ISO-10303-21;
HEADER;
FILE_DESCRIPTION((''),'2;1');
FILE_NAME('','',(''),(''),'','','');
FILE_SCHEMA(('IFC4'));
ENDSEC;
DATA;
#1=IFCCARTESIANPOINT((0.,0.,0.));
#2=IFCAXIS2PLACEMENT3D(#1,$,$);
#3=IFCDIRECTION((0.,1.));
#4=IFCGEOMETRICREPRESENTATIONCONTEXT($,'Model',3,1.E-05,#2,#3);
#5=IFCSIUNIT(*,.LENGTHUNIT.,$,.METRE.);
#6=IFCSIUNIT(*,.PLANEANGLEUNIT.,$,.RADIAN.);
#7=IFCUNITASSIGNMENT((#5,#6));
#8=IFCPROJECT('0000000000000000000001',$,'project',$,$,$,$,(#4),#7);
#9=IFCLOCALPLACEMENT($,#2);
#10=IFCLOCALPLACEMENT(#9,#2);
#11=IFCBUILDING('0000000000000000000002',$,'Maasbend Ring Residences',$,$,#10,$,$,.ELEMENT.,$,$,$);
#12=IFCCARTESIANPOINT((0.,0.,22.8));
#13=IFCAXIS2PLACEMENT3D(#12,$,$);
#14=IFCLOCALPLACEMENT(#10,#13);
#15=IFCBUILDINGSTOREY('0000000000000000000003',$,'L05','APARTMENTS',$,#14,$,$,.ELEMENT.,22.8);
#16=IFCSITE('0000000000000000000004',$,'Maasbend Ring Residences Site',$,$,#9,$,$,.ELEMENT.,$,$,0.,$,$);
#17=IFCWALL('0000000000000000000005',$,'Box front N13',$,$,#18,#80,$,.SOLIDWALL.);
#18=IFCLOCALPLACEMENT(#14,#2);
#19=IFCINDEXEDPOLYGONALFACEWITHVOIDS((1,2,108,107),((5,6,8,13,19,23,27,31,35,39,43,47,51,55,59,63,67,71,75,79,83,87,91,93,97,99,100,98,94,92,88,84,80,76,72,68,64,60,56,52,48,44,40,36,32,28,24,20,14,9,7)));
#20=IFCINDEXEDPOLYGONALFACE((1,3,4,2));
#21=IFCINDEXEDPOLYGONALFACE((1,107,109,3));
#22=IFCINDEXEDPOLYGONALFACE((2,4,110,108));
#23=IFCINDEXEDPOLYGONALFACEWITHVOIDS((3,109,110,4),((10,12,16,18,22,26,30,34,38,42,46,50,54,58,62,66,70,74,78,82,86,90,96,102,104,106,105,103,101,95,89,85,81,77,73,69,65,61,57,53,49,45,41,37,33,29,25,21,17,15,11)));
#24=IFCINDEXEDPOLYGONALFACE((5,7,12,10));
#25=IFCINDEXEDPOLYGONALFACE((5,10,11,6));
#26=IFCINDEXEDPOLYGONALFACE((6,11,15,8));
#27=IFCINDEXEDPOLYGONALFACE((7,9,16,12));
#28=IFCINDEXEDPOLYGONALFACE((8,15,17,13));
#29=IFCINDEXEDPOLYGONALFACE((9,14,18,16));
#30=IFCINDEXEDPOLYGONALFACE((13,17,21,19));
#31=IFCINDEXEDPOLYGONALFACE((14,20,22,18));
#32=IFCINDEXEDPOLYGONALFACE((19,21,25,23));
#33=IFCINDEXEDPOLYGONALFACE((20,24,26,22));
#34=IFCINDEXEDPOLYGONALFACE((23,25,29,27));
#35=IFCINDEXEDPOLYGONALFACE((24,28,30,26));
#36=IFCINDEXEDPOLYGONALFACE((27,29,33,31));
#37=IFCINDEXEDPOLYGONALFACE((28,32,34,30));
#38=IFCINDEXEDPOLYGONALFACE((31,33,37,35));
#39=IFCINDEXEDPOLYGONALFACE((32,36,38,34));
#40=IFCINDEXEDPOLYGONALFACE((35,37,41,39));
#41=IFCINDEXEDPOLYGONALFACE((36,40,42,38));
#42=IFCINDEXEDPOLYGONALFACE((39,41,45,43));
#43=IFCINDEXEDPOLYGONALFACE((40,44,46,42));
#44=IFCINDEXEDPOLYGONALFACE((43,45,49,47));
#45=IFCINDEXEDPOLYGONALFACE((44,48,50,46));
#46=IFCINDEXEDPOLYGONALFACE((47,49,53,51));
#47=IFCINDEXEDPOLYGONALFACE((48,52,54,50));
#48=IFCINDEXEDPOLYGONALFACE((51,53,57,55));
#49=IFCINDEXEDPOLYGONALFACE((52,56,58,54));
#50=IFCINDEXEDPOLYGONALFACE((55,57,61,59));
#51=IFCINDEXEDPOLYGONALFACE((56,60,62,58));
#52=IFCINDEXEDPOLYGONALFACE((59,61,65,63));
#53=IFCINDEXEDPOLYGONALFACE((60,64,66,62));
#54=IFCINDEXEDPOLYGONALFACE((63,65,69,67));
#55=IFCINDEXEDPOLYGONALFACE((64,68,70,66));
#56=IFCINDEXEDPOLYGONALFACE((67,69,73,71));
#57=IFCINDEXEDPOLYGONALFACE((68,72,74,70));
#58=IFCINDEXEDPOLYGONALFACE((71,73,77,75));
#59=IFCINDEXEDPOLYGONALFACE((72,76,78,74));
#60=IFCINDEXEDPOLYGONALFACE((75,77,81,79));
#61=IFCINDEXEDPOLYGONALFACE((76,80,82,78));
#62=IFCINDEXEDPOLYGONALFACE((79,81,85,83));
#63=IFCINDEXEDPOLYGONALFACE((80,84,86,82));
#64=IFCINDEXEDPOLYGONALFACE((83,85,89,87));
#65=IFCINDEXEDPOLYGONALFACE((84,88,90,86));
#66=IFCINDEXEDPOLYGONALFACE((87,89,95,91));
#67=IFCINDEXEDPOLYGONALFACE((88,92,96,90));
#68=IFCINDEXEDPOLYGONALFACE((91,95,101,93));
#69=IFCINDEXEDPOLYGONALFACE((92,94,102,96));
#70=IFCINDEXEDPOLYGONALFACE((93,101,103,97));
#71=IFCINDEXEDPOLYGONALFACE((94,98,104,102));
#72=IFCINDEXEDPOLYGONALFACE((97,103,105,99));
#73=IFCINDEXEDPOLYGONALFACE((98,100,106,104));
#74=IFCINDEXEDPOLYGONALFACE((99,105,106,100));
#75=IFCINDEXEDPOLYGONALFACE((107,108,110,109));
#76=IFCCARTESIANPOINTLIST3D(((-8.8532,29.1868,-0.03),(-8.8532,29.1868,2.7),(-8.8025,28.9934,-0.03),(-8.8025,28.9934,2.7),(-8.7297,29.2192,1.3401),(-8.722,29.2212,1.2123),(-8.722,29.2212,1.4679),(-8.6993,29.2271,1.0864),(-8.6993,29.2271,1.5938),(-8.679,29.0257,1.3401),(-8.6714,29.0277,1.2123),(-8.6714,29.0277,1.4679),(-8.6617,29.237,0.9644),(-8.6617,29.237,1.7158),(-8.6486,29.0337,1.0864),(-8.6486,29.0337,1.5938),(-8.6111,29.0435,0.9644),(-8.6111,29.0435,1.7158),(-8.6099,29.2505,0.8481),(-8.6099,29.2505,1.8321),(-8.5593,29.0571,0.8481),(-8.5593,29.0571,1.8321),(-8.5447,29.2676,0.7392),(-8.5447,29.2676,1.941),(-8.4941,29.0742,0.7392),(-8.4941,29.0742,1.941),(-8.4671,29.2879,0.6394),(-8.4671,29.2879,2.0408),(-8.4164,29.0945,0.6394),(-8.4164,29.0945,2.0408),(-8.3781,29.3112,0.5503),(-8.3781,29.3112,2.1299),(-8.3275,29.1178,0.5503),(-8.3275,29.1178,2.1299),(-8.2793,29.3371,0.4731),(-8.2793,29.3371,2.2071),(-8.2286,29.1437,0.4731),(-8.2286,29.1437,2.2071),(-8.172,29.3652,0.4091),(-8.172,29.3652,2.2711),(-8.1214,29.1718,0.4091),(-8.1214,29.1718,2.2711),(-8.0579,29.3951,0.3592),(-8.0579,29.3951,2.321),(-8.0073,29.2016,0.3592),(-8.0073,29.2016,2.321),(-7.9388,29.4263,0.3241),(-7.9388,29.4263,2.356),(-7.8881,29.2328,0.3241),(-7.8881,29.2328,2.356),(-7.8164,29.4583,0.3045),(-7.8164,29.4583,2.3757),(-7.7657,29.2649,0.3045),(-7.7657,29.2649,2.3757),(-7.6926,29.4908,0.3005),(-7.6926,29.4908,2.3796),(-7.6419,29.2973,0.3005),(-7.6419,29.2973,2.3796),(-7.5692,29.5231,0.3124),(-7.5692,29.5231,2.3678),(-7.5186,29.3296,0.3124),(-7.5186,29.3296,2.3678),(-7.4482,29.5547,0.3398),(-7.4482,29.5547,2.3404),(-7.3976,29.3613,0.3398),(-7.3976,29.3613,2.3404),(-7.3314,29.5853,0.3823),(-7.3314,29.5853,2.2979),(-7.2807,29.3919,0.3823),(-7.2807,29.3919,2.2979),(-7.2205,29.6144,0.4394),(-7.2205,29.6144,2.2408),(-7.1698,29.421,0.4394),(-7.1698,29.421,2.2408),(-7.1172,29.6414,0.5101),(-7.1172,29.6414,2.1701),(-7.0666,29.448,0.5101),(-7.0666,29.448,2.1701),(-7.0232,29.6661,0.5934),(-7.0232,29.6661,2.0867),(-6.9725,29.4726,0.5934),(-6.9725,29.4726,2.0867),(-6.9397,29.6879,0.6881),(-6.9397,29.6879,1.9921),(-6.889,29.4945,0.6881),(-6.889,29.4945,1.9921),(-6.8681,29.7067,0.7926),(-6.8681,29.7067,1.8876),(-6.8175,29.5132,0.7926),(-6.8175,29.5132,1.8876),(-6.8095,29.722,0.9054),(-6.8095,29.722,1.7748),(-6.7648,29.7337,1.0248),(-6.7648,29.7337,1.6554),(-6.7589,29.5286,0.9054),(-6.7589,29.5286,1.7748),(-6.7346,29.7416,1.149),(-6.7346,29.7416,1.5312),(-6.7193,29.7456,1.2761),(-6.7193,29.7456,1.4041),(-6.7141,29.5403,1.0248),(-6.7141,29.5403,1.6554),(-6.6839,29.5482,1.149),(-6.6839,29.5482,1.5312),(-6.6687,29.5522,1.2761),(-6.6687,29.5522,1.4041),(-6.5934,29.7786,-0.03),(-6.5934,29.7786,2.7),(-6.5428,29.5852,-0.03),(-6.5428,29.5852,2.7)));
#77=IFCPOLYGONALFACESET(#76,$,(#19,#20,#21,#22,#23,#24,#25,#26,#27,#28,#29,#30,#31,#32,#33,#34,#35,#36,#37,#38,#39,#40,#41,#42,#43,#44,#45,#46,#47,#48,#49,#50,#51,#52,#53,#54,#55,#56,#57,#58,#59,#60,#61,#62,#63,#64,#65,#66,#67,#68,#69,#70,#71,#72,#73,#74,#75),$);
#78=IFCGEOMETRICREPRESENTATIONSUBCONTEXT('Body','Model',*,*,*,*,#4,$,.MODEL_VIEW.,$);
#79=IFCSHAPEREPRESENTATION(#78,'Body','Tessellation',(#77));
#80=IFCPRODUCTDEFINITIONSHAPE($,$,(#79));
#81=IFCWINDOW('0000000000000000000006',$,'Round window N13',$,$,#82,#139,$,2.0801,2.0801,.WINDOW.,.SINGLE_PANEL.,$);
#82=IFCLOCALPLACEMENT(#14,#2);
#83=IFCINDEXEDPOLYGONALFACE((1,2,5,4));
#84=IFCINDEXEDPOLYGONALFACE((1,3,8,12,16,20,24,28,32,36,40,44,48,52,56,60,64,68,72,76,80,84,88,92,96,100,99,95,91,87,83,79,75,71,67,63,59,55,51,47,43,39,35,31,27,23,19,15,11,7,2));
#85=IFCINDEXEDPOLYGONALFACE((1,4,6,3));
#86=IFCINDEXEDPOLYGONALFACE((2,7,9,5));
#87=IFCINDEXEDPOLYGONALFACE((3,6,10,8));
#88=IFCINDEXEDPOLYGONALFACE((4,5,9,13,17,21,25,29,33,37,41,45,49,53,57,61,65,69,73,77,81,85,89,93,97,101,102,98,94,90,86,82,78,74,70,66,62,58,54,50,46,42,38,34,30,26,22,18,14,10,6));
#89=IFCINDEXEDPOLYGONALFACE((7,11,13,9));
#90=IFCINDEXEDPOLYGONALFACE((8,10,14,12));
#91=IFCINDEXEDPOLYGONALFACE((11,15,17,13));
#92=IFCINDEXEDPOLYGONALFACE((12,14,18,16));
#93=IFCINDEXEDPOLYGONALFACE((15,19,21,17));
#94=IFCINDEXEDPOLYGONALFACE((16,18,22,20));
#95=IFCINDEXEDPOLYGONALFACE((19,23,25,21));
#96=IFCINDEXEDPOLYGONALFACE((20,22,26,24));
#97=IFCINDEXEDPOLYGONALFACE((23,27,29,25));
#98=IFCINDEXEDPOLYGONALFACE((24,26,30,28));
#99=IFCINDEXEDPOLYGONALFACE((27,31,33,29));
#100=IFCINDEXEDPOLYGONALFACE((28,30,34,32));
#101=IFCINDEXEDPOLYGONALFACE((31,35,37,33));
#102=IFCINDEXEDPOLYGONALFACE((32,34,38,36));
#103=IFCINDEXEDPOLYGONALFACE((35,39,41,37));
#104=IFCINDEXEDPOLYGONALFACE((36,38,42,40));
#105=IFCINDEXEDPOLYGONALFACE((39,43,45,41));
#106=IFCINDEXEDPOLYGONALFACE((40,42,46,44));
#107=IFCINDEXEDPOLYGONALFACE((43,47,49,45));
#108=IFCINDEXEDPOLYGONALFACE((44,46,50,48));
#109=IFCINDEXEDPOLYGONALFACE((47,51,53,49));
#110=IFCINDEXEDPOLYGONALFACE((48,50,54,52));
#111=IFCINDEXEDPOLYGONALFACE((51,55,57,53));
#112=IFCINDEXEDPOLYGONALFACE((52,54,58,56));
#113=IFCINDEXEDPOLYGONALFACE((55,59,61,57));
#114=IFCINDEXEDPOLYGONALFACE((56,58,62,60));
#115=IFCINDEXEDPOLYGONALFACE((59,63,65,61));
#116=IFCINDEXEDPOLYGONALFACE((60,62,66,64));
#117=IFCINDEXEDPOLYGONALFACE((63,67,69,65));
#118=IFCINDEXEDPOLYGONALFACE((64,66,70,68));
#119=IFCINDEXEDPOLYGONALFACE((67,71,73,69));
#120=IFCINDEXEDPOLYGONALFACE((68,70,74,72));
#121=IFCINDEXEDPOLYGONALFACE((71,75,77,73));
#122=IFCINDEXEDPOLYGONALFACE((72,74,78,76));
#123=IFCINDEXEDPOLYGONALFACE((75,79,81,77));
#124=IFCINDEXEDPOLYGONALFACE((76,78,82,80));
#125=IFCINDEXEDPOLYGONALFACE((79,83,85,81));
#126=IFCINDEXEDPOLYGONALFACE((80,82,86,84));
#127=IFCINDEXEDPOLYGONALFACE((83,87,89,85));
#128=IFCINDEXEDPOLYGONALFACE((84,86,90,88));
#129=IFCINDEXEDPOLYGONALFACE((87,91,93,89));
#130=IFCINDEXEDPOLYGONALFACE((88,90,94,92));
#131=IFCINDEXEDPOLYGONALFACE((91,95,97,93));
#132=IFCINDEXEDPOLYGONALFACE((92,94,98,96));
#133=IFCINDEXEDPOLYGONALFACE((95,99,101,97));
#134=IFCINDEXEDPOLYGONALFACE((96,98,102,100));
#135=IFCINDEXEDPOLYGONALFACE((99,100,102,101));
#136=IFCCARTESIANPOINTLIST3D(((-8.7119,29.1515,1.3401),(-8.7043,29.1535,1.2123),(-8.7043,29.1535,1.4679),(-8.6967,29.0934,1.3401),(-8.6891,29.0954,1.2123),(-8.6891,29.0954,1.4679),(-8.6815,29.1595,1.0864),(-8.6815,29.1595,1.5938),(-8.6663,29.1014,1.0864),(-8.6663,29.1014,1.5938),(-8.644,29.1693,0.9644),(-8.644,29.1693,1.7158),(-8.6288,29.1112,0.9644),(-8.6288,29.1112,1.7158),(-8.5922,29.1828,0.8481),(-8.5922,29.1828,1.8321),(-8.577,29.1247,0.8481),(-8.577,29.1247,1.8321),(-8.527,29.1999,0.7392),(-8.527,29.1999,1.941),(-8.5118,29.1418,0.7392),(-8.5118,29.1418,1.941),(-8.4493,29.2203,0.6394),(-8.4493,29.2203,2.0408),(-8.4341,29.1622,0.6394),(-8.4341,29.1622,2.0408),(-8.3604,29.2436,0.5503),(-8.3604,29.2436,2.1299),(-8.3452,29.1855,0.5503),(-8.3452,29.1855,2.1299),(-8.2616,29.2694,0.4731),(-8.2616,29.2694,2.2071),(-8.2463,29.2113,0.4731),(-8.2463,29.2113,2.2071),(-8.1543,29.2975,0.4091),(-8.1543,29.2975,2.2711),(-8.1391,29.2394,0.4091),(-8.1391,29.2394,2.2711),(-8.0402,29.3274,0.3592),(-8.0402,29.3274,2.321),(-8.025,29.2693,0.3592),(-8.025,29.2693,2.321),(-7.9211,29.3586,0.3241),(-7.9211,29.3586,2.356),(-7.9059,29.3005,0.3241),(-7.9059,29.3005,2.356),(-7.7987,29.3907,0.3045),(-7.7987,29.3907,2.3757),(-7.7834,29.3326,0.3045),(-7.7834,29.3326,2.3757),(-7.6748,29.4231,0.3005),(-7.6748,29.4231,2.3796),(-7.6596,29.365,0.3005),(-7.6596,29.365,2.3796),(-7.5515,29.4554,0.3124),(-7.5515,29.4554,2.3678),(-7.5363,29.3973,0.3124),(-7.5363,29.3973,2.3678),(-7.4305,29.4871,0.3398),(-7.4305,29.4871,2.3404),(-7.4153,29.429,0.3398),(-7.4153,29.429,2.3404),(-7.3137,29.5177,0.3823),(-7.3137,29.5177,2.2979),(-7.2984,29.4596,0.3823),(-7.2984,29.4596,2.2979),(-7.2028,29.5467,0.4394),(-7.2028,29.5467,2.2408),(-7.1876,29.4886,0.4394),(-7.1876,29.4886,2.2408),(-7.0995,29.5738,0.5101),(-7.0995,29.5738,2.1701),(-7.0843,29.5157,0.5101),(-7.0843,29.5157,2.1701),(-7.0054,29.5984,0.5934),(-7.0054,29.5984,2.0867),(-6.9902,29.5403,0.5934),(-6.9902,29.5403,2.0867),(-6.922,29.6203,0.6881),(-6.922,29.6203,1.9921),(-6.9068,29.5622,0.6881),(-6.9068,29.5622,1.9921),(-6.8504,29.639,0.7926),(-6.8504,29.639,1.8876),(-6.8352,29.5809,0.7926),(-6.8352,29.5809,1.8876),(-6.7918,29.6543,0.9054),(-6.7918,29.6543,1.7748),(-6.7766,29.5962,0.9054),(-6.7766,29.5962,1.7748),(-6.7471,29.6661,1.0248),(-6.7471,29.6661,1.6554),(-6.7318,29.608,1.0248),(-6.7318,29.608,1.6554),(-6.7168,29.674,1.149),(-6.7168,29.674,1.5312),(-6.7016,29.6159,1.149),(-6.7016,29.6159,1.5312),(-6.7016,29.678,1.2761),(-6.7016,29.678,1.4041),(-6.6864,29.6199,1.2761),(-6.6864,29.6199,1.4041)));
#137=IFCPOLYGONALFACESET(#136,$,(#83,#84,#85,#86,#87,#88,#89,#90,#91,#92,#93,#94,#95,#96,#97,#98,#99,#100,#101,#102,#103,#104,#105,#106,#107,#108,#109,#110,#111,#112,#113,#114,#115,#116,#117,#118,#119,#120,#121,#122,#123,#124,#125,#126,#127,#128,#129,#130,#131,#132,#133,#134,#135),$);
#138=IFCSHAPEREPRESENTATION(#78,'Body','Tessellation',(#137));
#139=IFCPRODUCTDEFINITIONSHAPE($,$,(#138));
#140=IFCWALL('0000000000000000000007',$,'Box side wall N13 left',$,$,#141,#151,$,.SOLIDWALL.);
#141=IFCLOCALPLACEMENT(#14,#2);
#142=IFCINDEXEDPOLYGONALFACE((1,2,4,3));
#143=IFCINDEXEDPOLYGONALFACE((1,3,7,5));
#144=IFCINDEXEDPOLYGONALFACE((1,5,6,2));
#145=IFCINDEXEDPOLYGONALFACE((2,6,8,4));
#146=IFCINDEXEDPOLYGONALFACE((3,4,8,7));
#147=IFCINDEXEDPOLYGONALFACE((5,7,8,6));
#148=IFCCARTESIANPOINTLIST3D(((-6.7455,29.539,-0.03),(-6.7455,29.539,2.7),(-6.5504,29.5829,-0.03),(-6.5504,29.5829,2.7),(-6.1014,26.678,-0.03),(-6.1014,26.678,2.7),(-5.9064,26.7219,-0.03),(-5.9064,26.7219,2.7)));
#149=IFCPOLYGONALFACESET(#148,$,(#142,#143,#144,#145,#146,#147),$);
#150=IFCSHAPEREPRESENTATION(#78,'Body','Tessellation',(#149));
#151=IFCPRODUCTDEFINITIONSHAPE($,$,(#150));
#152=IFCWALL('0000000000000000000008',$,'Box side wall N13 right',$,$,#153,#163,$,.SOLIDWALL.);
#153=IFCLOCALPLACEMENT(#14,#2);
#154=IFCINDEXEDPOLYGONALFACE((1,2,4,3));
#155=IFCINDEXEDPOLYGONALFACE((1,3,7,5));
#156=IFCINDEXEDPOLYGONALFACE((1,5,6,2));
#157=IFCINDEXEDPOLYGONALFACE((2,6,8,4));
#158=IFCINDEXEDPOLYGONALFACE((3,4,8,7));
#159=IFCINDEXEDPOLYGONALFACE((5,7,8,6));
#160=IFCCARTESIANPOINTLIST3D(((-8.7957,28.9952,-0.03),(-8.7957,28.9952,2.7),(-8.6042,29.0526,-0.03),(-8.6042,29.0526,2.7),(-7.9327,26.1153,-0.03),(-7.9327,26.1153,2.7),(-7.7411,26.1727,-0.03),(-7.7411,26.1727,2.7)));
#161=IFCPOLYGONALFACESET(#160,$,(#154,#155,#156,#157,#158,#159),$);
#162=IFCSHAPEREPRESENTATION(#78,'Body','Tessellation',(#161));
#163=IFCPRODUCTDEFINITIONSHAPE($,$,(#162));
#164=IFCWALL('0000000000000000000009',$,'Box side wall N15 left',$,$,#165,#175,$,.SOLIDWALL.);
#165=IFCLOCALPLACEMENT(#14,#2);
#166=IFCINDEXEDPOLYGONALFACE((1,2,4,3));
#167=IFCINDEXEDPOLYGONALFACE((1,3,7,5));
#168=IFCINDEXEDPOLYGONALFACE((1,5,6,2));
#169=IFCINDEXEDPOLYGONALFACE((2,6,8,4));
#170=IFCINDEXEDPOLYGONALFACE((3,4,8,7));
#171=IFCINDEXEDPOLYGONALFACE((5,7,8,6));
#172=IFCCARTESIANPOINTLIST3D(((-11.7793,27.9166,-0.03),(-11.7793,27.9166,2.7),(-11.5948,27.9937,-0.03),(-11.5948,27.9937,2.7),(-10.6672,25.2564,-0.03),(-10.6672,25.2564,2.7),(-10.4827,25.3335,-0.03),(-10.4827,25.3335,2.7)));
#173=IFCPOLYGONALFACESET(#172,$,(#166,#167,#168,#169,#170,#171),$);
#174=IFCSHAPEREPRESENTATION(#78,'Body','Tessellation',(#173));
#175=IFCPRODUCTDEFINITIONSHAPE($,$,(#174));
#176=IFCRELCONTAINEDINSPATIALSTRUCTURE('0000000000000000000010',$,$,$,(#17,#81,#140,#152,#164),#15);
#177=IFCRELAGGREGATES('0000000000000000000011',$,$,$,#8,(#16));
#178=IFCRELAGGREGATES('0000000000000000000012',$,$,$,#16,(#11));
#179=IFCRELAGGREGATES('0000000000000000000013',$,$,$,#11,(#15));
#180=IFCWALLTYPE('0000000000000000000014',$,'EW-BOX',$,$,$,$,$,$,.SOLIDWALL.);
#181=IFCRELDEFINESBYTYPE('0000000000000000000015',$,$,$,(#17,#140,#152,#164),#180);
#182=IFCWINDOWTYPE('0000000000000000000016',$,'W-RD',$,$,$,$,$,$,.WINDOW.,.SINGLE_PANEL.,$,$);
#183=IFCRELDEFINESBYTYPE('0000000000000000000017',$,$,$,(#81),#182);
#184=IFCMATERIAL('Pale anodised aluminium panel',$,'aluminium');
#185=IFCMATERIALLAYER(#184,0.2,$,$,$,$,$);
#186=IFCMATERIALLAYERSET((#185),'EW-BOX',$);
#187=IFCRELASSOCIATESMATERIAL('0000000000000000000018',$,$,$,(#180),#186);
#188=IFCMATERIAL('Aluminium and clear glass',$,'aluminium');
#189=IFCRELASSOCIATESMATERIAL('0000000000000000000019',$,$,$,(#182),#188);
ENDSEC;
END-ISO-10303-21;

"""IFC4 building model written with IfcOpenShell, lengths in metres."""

from ifc_helpers import new_model, si_unit, direction, frame, frame_2d, origin, place, context, subcontext, project, spatial, rectangle, circle, extrude, material, layer, layer_set, type_object, element, fill, save


model = new_model("IFC4")

# Units and contexts
model_context = context("Model", 3, precision=1e-05, world=origin(), true_north=direction((0.0, 1.0)))
body_context = subcontext(model_context, "Body", "Model", "MODEL_VIEW")
ifc_project = project(units=[si_unit("LENGTHUNIT", "METRE"), si_unit("PLANEANGLEUNIT", "RADIAN")], contexts=[model_context])

# Site, building, storey
site_placement = place(None, origin())
site = spatial("IfcSite", under=ifc_project, at=site_placement, Name="Maasbend Ring Residences Site", CompositionType="ELEMENT", RefElevation=0.0)
building_placement = place(site_placement, origin())
building = spatial("IfcBuilding", under=site, at=building_placement, Name="Maasbend Ring Residences", CompositionType="ELEMENT")
storey_placement = place(building_placement, frame((0.0, 0.0, 22.8)))
storey = spatial("IfcBuildingStorey", under=building, at=storey_placement, Name="L05", Description="APARTMENTS", CompositionType="ELEMENT", Elevation=22.8)

# Shared definitions
ifc_material_1 = material(Name="Pale anodised aluminium panel", Category="aluminium")
ifc_layer_1 = layer(ifc_material_1, 0.2)
ifc_layer_set_1 = layer_set([ifc_layer_1], Name="EW-BOX")
wall_type_1 = type_object("IfcWallType", Name="EW-BOX", PredefinedType="SOLIDWALL", material=ifc_layer_set_1)

# Wall, opening, window
wall_1_placement = place(storey_placement, frame((-6.5681, 29.6819, -0.03), z_axis=(0.0, 0.0, 1.0), x_axis=(-0.967377, -0.253341, 0.0)))
wall_1 = element("IfcWall", 1, at=wall_1_placement, inside=storey, type_object=wall_type_1, Name="Box front N13", PredefinedType="SOLIDWALL", context=body_context, shape_type="SweptSolid", body=[
    extrude(rectangle(XDim=2.3359, YDim=0.2, at=frame_2d((1.168, 0.0))), origin(), (0.0, 0.0, 1.0), 2.73),
])
opening_1_placement = place(wall_1_placement, frame((0.1282, 0.0, 0.3301)))
opening_1 = element("IfcOpeningElement", 2, at=opening_1_placement, cuts=wall_1, PredefinedType="OPENING", context=body_context, shape_type="SweptSolid", body=[
    extrude(circle(Radius=1.04, at=frame_2d((1.04, 1.04))), frame((0.0, 0.1099, 0.0), z_axis=(0.0, -1.0, 0.0), x_axis=(1.0, 0.0, 0.0)), (0.0, 0.0, 1.0), 0.22),
])
ifc_material_2 = material(Name="Aluminium and clear glass", Category="aluminium")
window_type_1 = type_object("IfcWindowType", Name="W-RD", PartitioningType="SINGLE_PANEL", PredefinedType="WINDOW", material=ifc_material_2)
window_1_placement = place(opening_1_placement, origin())
window_1 = element("IfcWindow", 3, at=window_1_placement, inside=storey, type_object=window_type_1, Name="Round window N13", OverallHeight=2.0801, OverallWidth=2.0801, PartitioningType="SINGLE_PANEL", PredefinedType="WINDOW", context=body_context, shape_type="SweptSolid", body=[
    extrude(circle(Radius=1.04, at=frame_2d((1.04, 1.04))), frame((0.0, 0.03, 0.0), z_axis=(0.0, -1.0, 0.0), x_axis=(1.0, 0.0, 0.0)), (0.0, 0.0, 1.0), 0.0601),
])
fill(opening_1, window_1)

# Walls
wall_2_placement = place(storey_placement, frame((-6.0039, 26.7, -0.03), z_axis=(0.0, 0.0, 1.0), x_axis=(-0.219609, 0.975588, 0.0)))
element("IfcWall", 4, at=wall_2_placement, inside=storey, type_object=wall_type_1, Name="Box side wall N13 left", PredefinedType="SOLIDWALL", context=body_context, shape_type="SweptSolid", body=[
    extrude(rectangle(XDim=2.9326, YDim=0.2, at=frame_2d((1.4663, 0.0))), origin(), (0.0, 0.0, 1.0), 2.73),
])
wall_3_placement = place(storey_placement, frame((-7.8369, 26.144, -0.03), z_axis=(0.0, 0.0, 1.0), x_axis=(-0.287065, 0.957911, 0.0)))
element("IfcWall", 5, at=wall_3_placement, inside=storey, type_object=wall_type_1, Name="Box side wall N13 right", PredefinedType="SOLIDWALL", context=body_context, shape_type="SweptSolid", body=[
    extrude(rectangle(XDim=3.0063, YDim=0.2, at=frame_2d((1.5032, 0.0))), origin(), (0.0, 0.0, 1.0), 2.73),
])
wall_4_placement = place(storey_placement, frame((-10.575, 25.2949, -0.03), z_axis=(0.0, 0.0, 1.0), x_axis=(-0.385697, 0.922625, 0.0)))
element("IfcWall", 6, at=wall_4_placement, inside=storey, type_object=wall_type_1, Name="Box side wall N15 left", PredefinedType="SOLIDWALL", context=body_context, shape_type="SweptSolid", body=[
    extrude(rectangle(XDim=2.8833, YDim=0.2, at=frame_2d((1.4417, 0.0))), origin(), (0.0, 0.0, 1.0), 2.73),
])

save(model, "model.ifc")
